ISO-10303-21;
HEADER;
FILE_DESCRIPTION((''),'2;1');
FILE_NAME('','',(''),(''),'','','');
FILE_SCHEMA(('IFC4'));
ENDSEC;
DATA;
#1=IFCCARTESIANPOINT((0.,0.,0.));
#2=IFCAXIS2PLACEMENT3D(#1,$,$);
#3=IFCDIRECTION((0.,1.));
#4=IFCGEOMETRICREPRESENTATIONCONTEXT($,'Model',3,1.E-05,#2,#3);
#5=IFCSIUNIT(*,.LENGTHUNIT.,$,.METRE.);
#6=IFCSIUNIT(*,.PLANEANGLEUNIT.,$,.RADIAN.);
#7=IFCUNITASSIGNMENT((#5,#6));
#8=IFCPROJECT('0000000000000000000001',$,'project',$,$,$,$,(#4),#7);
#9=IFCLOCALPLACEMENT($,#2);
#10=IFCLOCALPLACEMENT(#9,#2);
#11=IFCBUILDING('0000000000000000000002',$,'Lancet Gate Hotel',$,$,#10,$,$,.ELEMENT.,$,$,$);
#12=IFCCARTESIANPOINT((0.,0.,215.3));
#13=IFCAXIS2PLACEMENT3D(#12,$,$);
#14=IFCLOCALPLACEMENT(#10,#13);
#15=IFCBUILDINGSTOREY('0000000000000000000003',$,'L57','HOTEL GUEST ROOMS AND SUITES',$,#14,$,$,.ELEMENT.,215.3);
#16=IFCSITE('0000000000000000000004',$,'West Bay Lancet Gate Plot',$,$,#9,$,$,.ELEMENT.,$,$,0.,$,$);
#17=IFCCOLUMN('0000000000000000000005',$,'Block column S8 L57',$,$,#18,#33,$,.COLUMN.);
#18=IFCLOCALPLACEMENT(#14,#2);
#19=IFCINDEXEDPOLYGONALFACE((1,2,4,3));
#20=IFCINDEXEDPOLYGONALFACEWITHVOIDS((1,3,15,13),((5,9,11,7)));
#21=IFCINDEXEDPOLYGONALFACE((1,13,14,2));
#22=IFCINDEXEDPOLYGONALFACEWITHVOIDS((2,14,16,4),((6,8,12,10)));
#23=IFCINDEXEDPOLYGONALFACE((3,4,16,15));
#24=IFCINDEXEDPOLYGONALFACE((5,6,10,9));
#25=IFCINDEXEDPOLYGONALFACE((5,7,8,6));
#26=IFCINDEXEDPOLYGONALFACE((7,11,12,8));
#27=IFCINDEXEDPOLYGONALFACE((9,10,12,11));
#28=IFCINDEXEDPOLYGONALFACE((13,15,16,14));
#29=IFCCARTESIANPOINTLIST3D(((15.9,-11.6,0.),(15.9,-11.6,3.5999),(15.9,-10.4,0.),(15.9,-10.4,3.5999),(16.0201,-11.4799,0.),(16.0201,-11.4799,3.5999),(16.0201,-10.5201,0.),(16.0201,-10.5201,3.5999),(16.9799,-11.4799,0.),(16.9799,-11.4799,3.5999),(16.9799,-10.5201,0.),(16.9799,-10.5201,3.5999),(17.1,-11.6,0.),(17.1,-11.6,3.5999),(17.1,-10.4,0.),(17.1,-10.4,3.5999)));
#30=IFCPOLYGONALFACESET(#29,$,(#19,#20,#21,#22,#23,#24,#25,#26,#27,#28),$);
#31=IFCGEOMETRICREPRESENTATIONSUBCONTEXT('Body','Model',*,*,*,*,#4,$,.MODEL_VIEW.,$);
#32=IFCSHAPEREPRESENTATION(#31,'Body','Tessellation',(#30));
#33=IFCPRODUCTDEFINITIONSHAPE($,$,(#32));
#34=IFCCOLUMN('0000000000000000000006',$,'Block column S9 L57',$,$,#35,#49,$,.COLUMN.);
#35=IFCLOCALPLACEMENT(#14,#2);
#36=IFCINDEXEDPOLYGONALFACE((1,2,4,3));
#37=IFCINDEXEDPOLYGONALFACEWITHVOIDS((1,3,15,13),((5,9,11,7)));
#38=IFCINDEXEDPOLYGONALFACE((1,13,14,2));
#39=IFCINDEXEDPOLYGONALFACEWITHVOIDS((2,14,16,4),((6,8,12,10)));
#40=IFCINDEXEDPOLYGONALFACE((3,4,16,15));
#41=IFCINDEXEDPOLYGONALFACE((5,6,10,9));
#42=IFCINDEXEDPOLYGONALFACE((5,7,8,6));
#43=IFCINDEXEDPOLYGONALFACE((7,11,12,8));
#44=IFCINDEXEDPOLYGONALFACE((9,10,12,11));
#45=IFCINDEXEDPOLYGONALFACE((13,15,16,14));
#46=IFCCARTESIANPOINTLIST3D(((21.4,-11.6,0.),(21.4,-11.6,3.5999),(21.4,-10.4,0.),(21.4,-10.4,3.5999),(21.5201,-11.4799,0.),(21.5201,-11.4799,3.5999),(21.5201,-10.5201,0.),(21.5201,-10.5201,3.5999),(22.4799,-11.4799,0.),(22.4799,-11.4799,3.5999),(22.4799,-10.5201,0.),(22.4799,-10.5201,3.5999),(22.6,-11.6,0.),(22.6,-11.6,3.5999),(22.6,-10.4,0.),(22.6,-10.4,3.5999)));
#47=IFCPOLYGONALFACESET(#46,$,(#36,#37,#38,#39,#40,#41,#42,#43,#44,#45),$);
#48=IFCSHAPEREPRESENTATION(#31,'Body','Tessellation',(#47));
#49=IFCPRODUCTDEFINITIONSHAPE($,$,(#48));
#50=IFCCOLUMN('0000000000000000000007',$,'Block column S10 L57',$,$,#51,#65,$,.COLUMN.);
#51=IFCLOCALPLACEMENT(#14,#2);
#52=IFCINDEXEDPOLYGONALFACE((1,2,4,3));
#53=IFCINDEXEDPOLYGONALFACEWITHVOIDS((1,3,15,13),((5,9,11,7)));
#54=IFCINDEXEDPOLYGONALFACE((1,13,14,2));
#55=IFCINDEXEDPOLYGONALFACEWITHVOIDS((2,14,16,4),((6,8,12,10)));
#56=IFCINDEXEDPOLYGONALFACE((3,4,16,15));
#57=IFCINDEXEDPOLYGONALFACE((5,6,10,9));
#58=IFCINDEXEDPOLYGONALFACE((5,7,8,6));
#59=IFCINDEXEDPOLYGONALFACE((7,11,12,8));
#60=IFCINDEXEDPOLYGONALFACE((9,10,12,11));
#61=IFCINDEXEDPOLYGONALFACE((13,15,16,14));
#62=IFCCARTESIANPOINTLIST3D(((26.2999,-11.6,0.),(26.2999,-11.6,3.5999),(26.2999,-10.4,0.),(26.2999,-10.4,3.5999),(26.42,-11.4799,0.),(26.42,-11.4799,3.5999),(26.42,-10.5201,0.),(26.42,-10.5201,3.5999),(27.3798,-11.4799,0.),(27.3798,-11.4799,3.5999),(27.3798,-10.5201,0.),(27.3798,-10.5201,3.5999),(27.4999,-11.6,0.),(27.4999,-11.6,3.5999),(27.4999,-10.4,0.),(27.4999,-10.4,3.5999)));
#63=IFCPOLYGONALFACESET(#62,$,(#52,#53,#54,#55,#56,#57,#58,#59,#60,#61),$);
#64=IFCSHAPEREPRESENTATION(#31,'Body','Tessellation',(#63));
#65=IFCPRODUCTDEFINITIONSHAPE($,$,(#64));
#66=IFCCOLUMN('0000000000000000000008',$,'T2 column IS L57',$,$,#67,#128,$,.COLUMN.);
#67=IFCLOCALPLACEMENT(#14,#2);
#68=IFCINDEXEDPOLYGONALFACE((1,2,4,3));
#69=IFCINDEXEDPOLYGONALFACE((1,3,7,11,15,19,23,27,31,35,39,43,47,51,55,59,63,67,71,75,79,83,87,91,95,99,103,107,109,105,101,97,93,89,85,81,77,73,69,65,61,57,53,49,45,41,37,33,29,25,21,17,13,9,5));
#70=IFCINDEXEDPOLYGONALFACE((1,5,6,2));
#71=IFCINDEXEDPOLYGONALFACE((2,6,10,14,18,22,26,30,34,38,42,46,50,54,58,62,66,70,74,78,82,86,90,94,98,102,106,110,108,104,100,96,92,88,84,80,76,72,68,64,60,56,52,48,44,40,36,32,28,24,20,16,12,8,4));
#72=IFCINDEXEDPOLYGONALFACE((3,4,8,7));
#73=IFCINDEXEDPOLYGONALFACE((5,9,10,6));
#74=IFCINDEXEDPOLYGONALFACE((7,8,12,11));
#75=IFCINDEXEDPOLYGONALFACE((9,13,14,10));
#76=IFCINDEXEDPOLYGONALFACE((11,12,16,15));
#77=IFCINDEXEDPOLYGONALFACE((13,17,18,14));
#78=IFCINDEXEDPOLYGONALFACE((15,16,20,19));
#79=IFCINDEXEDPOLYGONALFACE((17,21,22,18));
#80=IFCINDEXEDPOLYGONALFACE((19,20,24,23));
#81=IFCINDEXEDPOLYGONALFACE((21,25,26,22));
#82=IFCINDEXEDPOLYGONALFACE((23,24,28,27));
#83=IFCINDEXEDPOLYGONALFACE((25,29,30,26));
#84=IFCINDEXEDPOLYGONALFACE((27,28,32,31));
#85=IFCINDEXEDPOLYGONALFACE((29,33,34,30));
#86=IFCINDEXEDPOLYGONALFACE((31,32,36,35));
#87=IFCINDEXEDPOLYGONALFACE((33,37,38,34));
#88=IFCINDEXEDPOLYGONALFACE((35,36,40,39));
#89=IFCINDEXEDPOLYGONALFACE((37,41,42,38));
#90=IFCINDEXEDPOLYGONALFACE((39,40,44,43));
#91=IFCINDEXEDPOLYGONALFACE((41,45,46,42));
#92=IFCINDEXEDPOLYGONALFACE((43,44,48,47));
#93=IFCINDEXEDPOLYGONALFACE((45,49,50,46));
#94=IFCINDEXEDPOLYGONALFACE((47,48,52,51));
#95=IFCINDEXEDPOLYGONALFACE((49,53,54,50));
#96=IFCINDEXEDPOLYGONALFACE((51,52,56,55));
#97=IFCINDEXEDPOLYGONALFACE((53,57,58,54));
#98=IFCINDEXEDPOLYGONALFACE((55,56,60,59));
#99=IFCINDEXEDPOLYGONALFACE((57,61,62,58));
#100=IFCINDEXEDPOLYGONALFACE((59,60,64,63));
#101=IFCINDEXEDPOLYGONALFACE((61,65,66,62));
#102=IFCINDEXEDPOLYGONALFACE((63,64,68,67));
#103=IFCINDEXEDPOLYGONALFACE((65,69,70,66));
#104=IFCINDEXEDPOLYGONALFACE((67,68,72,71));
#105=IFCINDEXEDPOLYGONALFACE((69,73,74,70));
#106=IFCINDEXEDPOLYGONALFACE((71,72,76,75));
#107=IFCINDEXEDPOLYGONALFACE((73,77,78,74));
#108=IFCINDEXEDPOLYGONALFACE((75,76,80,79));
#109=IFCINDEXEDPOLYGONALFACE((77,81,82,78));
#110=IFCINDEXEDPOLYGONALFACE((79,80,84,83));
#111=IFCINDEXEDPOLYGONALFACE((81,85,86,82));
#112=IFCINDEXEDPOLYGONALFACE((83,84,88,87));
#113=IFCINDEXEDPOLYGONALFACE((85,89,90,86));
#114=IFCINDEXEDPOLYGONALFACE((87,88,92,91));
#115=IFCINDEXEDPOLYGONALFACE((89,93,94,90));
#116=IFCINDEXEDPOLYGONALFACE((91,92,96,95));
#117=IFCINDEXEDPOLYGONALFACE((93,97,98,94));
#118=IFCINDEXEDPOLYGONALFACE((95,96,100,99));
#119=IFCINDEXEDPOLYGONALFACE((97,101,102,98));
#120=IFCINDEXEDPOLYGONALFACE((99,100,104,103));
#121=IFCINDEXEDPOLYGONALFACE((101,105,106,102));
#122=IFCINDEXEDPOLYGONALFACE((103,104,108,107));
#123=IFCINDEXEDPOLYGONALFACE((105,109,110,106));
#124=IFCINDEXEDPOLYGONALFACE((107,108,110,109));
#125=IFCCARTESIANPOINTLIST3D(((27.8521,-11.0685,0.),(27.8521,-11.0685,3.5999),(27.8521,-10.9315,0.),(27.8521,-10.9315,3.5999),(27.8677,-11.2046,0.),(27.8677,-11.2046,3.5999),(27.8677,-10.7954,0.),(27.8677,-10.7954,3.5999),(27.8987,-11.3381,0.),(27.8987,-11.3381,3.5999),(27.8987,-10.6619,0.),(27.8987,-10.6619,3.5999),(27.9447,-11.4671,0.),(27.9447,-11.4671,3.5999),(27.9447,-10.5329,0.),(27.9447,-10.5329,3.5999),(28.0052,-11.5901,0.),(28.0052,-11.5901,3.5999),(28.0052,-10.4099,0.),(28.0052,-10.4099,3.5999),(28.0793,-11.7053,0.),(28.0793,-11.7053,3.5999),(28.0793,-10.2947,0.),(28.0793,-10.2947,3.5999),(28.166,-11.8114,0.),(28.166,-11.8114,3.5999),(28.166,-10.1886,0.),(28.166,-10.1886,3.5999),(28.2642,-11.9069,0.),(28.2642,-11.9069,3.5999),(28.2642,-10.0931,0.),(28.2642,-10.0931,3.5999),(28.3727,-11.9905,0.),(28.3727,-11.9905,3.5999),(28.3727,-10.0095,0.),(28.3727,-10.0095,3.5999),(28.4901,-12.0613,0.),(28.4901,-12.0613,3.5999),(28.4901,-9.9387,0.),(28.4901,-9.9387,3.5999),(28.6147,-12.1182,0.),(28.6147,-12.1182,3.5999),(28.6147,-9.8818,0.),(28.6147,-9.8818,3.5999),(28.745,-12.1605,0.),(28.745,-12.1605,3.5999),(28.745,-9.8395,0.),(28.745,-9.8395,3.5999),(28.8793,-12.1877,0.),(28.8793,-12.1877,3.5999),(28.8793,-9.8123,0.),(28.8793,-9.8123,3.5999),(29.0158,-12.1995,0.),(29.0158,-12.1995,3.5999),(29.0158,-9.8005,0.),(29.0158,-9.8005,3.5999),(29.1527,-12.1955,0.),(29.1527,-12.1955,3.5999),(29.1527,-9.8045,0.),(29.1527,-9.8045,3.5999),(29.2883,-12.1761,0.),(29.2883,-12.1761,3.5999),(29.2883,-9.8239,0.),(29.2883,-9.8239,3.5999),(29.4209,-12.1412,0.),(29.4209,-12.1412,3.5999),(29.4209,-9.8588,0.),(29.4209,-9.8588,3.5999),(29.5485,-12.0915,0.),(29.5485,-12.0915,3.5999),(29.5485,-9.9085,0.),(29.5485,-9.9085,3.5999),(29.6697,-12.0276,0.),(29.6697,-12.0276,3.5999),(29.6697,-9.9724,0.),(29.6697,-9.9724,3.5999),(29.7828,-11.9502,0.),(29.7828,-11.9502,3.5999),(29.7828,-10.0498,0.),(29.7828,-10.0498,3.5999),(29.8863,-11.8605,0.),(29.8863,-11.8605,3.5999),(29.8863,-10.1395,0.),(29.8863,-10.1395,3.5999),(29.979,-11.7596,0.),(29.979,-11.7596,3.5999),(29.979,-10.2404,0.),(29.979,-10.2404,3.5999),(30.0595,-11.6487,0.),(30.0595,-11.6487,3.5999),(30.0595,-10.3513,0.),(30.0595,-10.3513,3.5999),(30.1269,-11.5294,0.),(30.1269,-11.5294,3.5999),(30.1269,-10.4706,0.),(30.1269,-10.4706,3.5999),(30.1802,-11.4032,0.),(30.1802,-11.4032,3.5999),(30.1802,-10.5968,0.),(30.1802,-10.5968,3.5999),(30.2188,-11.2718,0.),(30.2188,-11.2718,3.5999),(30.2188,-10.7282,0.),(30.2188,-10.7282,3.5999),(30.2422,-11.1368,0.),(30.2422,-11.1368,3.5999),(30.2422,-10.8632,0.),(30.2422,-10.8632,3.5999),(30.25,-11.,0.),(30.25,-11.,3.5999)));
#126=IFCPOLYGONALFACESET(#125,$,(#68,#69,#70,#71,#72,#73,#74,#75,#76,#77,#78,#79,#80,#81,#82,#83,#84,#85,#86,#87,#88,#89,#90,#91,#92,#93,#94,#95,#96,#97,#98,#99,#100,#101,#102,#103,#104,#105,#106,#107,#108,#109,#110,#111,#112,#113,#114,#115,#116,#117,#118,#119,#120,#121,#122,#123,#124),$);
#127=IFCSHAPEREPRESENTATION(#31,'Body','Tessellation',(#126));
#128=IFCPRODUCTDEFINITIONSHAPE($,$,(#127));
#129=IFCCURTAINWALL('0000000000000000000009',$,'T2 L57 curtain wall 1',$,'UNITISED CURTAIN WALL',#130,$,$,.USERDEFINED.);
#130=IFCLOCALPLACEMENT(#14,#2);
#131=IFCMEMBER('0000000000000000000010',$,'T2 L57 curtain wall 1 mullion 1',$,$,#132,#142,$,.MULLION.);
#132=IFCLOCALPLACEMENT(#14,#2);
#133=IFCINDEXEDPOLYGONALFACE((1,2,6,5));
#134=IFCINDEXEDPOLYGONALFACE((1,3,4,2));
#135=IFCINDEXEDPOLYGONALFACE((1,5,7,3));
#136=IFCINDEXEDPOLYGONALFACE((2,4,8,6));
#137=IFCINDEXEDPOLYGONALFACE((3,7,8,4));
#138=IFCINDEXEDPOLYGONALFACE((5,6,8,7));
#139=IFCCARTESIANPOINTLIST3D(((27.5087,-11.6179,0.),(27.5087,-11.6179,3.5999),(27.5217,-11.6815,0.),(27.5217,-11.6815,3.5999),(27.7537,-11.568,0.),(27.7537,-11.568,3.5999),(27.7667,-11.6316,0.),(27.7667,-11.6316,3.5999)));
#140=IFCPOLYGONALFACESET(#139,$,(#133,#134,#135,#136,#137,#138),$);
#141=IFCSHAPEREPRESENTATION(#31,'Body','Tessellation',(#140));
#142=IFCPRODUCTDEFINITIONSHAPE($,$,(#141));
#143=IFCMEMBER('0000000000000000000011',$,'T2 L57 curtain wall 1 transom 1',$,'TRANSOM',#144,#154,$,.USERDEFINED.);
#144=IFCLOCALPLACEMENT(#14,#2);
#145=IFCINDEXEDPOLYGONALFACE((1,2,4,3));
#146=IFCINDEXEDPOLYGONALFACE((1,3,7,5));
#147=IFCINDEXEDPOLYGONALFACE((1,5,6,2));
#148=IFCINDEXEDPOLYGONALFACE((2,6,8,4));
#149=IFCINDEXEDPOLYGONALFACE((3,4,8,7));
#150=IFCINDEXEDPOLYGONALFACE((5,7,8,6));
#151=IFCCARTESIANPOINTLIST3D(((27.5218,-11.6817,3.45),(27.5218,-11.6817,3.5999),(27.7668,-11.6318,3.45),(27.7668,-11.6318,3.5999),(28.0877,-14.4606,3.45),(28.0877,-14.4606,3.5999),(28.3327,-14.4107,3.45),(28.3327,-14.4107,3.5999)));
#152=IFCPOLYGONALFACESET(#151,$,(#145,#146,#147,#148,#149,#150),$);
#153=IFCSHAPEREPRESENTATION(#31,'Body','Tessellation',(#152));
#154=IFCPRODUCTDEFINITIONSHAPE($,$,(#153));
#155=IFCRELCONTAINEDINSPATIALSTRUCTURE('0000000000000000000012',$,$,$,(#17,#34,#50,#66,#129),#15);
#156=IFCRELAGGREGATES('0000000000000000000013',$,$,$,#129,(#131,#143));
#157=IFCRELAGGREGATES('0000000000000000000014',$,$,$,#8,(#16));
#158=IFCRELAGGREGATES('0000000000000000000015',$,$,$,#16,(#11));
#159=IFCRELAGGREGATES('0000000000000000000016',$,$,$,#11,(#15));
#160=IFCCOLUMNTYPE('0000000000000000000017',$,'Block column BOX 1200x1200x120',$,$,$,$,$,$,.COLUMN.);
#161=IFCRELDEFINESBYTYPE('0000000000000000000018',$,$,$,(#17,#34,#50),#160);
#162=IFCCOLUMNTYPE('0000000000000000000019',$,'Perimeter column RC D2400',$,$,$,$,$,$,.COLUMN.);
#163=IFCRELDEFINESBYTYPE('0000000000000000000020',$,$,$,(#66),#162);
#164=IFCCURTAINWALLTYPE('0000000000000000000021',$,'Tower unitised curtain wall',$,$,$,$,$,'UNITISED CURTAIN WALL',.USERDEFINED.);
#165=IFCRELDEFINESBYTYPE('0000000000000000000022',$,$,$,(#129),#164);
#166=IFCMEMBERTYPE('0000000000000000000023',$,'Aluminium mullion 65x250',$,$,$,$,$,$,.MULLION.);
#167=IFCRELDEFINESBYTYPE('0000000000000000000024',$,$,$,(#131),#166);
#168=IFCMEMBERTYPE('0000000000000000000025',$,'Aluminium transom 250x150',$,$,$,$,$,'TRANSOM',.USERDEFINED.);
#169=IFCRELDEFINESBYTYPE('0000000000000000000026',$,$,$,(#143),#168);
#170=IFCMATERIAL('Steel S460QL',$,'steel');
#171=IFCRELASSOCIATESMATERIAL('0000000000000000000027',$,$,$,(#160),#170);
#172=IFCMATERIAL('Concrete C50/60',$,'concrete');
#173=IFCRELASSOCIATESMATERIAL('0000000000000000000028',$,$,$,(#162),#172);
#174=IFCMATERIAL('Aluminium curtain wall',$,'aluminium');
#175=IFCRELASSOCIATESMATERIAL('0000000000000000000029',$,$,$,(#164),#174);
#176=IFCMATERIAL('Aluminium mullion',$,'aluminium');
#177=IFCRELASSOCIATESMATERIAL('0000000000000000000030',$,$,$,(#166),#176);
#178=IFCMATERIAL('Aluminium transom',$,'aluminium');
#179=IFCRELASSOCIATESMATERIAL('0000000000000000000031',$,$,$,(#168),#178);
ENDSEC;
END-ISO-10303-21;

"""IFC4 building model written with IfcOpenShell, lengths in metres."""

from ifc_helpers import new_model, si_unit, direction, frame, origin, origin_2d, place, context, subcontext, project, spatial, rectangle, hollow_rectangle, circle, extrude, material, material_profile, profile_set, type_object, element, aggregate, save


model = new_model("IFC4")

# Units and contexts
model_context = context("Model", 3, precision=1e-05, world=origin(), true_north=direction((0.0, 1.0)))
body_context = subcontext(model_context, "Body", "Model", "MODEL_VIEW")
ifc_project = project(units=[si_unit("LENGTHUNIT", "METRE"), si_unit("PLANEANGLEUNIT", "RADIAN")], contexts=[model_context])

# Site, building, storey
site_placement = place(None, origin())
site = spatial("IfcSite", under=ifc_project, at=site_placement, Name="West Bay Lancet Gate Plot", CompositionType="ELEMENT", RefElevation=0.0)
building_placement = place(site_placement, origin())
building = spatial("IfcBuilding", under=site, at=building_placement, Name="Lancet Gate Hotel", CompositionType="ELEMENT")
storey_placement = place(building_placement, frame((0.0, 0.0, 215.3)))
storey = spatial("IfcBuildingStorey", under=building, at=storey_placement, Name="L57", Description="HOTEL GUEST ROOMS AND SUITES", CompositionType="ELEMENT", Elevation=215.3)

# Columns
ifc_material_1 = material(Name="Steel S460QL", Category="steel")
ifc_material_profile_1 = material_profile(ifc_material_1, hollow_rectangle(XDim=1.2, YDim=1.2, WallThickness=0.1201, at=origin_2d()), Name="BOX 1200x1200x120")
ifc_profile_set_1 = profile_set([ifc_material_profile_1], Name="Steel S460QL")
column_type_1 = type_object("IfcColumnType", Name="Block column BOX 1200x1200x120", PredefinedType="COLUMN", material=ifc_profile_set_1)
for number, where, z_axis, x_axis, name in (
    (1, (16.5, -11.0, 0.0), (0.0, 0.0, 1.0), (1.0, 0.0, 0.0), "Block column S8 L57"),
    (2, (22.0, -11.0, 0.0), (0.0, 0.0, 1.0), (1.0, 0.0, 0.0), "Block column S9 L57"),
    (3, (26.8999, -11.0, 0.0), (0.0, 0.0, 1.0), (1.0, 0.0, 0.0), "Block column S10 L57"),
):
    element("IfcColumn", number, at=place(storey_placement, frame(where, z_axis=z_axis, x_axis=x_axis)), inside=storey, type_object=column_type_1, Name=name, PredefinedType="COLUMN", context=body_context, shape_type="SweptSolid", body=[
        extrude(hollow_rectangle(XDim=1.2, YDim=1.2, WallThickness=0.1201, at=origin_2d()), origin(), (0.0, 0.0, 1.0), 3.5999),
    ])
ifc_material_2 = material(Name="Concrete C50/60", Category="concrete")
ifc_material_profile_2 = material_profile(ifc_material_2, circle(Radius=1.2, at=origin_2d()), Name="RC D2400")
ifc_profile_set_2 = profile_set([ifc_material_profile_2], Name="Concrete C50/60")
column_type_2 = type_object("IfcColumnType", Name="Perimeter column RC D2400", PredefinedType="COLUMN", material=ifc_profile_set_2)
column_placement = place(storey_placement, frame((29.05, -11.0, 0.0), z_axis=(0.0, 0.0, 1.0), x_axis=(1.0, 0.0, 0.0)))
element("IfcColumn", 4, at=column_placement, inside=storey, type_object=column_type_2, Name="T2 column IS L57", PredefinedType="COLUMN", context=body_context, shape_type="SweptSolid", body=[
    extrude(circle(Radius=1.2, at=origin_2d()), origin(), (0.0, 0.0, 1.0), 3.5999),
])

# Curtain wall, members
ifc_material_3 = material(Name="Aluminium curtain wall", Category="aluminium")
curtain_wall_type = type_object("IfcCurtainWallType", Name="Tower unitised curtain wall", ElementType="UNITISED CURTAIN WALL", PredefinedType="USERDEFINED", material=ifc_material_3)
curtain_wall_placement = place(storey_placement, origin())
curtain_wall = element("IfcCurtainWall", 5, at=curtain_wall_placement, inside=storey, type_object=curtain_wall_type, Name="T2 L57 curtain wall 1", ObjectType="UNITISED CURTAIN WALL", PredefinedType="USERDEFINED")
ifc_material_4 = material(Name="Aluminium mullion", Category="aluminium")
ifc_material_profile_3 = material_profile(ifc_material_4, rectangle(XDim=0.0649, YDim=0.25, at=origin_2d()), Name="MULLION 65x250")
ifc_profile_set_3 = profile_set([ifc_material_profile_3], Name="Aluminium mullion")
member_type_1 = type_object("IfcMemberType", Name="Aluminium mullion 65x250", PredefinedType="MULLION", material=ifc_profile_set_3)
member_1_placement = place(storey_placement, frame((27.6377, -11.6248, 0.0), z_axis=(0.0, 0.0, 1.0), x_axis=(0.199533, -0.979891, 0.0)))
member_1 = element("IfcMember", 6, at=member_1_placement, type_object=member_type_1, Name="T2 L57 curtain wall 1 mullion 1", PredefinedType="MULLION", context=body_context, shape_type="SweptSolid", body=[
    extrude(rectangle(XDim=0.0649, YDim=0.25, at=origin_2d()), origin(), (0.0, 0.0, 1.0), 3.5999),
])
ifc_material_5 = material(Name="Aluminium transom", Category="aluminium")
ifc_material_profile_4 = material_profile(ifc_material_5, rectangle(XDim=0.25, YDim=0.1499, at=origin_2d()), Name="TRANSOM 250x150")
ifc_profile_set_4 = profile_set([ifc_material_profile_4], Name="Aluminium transom")
member_type_2 = type_object("IfcMemberType", Name="Aluminium transom 250x150", ElementType="TRANSOM", PredefinedType="USERDEFINED", material=ifc_profile_set_4)
member_2_placement = place(storey_placement, frame((27.6443, -11.6567, 3.5249), z_axis=(0.199559, -0.979886, 0.0), x_axis=(0.979886, 0.199559, 0.0)))
member_2 = element("IfcMember", 7, at=member_2_placement, type_object=member_type_2, Name="T2 L57 curtain wall 1 transom 1", ObjectType="TRANSOM", PredefinedType="USERDEFINED", context=body_context, shape_type="SweptSolid", body=[
    extrude(rectangle(XDim=0.25, YDim=0.1499, at=origin_2d()), origin(), (0.0, 0.0, 1.0), 2.8359),
])
aggregate(curtain_wall, [member_1, member_2])

save(model, "model.ifc")
